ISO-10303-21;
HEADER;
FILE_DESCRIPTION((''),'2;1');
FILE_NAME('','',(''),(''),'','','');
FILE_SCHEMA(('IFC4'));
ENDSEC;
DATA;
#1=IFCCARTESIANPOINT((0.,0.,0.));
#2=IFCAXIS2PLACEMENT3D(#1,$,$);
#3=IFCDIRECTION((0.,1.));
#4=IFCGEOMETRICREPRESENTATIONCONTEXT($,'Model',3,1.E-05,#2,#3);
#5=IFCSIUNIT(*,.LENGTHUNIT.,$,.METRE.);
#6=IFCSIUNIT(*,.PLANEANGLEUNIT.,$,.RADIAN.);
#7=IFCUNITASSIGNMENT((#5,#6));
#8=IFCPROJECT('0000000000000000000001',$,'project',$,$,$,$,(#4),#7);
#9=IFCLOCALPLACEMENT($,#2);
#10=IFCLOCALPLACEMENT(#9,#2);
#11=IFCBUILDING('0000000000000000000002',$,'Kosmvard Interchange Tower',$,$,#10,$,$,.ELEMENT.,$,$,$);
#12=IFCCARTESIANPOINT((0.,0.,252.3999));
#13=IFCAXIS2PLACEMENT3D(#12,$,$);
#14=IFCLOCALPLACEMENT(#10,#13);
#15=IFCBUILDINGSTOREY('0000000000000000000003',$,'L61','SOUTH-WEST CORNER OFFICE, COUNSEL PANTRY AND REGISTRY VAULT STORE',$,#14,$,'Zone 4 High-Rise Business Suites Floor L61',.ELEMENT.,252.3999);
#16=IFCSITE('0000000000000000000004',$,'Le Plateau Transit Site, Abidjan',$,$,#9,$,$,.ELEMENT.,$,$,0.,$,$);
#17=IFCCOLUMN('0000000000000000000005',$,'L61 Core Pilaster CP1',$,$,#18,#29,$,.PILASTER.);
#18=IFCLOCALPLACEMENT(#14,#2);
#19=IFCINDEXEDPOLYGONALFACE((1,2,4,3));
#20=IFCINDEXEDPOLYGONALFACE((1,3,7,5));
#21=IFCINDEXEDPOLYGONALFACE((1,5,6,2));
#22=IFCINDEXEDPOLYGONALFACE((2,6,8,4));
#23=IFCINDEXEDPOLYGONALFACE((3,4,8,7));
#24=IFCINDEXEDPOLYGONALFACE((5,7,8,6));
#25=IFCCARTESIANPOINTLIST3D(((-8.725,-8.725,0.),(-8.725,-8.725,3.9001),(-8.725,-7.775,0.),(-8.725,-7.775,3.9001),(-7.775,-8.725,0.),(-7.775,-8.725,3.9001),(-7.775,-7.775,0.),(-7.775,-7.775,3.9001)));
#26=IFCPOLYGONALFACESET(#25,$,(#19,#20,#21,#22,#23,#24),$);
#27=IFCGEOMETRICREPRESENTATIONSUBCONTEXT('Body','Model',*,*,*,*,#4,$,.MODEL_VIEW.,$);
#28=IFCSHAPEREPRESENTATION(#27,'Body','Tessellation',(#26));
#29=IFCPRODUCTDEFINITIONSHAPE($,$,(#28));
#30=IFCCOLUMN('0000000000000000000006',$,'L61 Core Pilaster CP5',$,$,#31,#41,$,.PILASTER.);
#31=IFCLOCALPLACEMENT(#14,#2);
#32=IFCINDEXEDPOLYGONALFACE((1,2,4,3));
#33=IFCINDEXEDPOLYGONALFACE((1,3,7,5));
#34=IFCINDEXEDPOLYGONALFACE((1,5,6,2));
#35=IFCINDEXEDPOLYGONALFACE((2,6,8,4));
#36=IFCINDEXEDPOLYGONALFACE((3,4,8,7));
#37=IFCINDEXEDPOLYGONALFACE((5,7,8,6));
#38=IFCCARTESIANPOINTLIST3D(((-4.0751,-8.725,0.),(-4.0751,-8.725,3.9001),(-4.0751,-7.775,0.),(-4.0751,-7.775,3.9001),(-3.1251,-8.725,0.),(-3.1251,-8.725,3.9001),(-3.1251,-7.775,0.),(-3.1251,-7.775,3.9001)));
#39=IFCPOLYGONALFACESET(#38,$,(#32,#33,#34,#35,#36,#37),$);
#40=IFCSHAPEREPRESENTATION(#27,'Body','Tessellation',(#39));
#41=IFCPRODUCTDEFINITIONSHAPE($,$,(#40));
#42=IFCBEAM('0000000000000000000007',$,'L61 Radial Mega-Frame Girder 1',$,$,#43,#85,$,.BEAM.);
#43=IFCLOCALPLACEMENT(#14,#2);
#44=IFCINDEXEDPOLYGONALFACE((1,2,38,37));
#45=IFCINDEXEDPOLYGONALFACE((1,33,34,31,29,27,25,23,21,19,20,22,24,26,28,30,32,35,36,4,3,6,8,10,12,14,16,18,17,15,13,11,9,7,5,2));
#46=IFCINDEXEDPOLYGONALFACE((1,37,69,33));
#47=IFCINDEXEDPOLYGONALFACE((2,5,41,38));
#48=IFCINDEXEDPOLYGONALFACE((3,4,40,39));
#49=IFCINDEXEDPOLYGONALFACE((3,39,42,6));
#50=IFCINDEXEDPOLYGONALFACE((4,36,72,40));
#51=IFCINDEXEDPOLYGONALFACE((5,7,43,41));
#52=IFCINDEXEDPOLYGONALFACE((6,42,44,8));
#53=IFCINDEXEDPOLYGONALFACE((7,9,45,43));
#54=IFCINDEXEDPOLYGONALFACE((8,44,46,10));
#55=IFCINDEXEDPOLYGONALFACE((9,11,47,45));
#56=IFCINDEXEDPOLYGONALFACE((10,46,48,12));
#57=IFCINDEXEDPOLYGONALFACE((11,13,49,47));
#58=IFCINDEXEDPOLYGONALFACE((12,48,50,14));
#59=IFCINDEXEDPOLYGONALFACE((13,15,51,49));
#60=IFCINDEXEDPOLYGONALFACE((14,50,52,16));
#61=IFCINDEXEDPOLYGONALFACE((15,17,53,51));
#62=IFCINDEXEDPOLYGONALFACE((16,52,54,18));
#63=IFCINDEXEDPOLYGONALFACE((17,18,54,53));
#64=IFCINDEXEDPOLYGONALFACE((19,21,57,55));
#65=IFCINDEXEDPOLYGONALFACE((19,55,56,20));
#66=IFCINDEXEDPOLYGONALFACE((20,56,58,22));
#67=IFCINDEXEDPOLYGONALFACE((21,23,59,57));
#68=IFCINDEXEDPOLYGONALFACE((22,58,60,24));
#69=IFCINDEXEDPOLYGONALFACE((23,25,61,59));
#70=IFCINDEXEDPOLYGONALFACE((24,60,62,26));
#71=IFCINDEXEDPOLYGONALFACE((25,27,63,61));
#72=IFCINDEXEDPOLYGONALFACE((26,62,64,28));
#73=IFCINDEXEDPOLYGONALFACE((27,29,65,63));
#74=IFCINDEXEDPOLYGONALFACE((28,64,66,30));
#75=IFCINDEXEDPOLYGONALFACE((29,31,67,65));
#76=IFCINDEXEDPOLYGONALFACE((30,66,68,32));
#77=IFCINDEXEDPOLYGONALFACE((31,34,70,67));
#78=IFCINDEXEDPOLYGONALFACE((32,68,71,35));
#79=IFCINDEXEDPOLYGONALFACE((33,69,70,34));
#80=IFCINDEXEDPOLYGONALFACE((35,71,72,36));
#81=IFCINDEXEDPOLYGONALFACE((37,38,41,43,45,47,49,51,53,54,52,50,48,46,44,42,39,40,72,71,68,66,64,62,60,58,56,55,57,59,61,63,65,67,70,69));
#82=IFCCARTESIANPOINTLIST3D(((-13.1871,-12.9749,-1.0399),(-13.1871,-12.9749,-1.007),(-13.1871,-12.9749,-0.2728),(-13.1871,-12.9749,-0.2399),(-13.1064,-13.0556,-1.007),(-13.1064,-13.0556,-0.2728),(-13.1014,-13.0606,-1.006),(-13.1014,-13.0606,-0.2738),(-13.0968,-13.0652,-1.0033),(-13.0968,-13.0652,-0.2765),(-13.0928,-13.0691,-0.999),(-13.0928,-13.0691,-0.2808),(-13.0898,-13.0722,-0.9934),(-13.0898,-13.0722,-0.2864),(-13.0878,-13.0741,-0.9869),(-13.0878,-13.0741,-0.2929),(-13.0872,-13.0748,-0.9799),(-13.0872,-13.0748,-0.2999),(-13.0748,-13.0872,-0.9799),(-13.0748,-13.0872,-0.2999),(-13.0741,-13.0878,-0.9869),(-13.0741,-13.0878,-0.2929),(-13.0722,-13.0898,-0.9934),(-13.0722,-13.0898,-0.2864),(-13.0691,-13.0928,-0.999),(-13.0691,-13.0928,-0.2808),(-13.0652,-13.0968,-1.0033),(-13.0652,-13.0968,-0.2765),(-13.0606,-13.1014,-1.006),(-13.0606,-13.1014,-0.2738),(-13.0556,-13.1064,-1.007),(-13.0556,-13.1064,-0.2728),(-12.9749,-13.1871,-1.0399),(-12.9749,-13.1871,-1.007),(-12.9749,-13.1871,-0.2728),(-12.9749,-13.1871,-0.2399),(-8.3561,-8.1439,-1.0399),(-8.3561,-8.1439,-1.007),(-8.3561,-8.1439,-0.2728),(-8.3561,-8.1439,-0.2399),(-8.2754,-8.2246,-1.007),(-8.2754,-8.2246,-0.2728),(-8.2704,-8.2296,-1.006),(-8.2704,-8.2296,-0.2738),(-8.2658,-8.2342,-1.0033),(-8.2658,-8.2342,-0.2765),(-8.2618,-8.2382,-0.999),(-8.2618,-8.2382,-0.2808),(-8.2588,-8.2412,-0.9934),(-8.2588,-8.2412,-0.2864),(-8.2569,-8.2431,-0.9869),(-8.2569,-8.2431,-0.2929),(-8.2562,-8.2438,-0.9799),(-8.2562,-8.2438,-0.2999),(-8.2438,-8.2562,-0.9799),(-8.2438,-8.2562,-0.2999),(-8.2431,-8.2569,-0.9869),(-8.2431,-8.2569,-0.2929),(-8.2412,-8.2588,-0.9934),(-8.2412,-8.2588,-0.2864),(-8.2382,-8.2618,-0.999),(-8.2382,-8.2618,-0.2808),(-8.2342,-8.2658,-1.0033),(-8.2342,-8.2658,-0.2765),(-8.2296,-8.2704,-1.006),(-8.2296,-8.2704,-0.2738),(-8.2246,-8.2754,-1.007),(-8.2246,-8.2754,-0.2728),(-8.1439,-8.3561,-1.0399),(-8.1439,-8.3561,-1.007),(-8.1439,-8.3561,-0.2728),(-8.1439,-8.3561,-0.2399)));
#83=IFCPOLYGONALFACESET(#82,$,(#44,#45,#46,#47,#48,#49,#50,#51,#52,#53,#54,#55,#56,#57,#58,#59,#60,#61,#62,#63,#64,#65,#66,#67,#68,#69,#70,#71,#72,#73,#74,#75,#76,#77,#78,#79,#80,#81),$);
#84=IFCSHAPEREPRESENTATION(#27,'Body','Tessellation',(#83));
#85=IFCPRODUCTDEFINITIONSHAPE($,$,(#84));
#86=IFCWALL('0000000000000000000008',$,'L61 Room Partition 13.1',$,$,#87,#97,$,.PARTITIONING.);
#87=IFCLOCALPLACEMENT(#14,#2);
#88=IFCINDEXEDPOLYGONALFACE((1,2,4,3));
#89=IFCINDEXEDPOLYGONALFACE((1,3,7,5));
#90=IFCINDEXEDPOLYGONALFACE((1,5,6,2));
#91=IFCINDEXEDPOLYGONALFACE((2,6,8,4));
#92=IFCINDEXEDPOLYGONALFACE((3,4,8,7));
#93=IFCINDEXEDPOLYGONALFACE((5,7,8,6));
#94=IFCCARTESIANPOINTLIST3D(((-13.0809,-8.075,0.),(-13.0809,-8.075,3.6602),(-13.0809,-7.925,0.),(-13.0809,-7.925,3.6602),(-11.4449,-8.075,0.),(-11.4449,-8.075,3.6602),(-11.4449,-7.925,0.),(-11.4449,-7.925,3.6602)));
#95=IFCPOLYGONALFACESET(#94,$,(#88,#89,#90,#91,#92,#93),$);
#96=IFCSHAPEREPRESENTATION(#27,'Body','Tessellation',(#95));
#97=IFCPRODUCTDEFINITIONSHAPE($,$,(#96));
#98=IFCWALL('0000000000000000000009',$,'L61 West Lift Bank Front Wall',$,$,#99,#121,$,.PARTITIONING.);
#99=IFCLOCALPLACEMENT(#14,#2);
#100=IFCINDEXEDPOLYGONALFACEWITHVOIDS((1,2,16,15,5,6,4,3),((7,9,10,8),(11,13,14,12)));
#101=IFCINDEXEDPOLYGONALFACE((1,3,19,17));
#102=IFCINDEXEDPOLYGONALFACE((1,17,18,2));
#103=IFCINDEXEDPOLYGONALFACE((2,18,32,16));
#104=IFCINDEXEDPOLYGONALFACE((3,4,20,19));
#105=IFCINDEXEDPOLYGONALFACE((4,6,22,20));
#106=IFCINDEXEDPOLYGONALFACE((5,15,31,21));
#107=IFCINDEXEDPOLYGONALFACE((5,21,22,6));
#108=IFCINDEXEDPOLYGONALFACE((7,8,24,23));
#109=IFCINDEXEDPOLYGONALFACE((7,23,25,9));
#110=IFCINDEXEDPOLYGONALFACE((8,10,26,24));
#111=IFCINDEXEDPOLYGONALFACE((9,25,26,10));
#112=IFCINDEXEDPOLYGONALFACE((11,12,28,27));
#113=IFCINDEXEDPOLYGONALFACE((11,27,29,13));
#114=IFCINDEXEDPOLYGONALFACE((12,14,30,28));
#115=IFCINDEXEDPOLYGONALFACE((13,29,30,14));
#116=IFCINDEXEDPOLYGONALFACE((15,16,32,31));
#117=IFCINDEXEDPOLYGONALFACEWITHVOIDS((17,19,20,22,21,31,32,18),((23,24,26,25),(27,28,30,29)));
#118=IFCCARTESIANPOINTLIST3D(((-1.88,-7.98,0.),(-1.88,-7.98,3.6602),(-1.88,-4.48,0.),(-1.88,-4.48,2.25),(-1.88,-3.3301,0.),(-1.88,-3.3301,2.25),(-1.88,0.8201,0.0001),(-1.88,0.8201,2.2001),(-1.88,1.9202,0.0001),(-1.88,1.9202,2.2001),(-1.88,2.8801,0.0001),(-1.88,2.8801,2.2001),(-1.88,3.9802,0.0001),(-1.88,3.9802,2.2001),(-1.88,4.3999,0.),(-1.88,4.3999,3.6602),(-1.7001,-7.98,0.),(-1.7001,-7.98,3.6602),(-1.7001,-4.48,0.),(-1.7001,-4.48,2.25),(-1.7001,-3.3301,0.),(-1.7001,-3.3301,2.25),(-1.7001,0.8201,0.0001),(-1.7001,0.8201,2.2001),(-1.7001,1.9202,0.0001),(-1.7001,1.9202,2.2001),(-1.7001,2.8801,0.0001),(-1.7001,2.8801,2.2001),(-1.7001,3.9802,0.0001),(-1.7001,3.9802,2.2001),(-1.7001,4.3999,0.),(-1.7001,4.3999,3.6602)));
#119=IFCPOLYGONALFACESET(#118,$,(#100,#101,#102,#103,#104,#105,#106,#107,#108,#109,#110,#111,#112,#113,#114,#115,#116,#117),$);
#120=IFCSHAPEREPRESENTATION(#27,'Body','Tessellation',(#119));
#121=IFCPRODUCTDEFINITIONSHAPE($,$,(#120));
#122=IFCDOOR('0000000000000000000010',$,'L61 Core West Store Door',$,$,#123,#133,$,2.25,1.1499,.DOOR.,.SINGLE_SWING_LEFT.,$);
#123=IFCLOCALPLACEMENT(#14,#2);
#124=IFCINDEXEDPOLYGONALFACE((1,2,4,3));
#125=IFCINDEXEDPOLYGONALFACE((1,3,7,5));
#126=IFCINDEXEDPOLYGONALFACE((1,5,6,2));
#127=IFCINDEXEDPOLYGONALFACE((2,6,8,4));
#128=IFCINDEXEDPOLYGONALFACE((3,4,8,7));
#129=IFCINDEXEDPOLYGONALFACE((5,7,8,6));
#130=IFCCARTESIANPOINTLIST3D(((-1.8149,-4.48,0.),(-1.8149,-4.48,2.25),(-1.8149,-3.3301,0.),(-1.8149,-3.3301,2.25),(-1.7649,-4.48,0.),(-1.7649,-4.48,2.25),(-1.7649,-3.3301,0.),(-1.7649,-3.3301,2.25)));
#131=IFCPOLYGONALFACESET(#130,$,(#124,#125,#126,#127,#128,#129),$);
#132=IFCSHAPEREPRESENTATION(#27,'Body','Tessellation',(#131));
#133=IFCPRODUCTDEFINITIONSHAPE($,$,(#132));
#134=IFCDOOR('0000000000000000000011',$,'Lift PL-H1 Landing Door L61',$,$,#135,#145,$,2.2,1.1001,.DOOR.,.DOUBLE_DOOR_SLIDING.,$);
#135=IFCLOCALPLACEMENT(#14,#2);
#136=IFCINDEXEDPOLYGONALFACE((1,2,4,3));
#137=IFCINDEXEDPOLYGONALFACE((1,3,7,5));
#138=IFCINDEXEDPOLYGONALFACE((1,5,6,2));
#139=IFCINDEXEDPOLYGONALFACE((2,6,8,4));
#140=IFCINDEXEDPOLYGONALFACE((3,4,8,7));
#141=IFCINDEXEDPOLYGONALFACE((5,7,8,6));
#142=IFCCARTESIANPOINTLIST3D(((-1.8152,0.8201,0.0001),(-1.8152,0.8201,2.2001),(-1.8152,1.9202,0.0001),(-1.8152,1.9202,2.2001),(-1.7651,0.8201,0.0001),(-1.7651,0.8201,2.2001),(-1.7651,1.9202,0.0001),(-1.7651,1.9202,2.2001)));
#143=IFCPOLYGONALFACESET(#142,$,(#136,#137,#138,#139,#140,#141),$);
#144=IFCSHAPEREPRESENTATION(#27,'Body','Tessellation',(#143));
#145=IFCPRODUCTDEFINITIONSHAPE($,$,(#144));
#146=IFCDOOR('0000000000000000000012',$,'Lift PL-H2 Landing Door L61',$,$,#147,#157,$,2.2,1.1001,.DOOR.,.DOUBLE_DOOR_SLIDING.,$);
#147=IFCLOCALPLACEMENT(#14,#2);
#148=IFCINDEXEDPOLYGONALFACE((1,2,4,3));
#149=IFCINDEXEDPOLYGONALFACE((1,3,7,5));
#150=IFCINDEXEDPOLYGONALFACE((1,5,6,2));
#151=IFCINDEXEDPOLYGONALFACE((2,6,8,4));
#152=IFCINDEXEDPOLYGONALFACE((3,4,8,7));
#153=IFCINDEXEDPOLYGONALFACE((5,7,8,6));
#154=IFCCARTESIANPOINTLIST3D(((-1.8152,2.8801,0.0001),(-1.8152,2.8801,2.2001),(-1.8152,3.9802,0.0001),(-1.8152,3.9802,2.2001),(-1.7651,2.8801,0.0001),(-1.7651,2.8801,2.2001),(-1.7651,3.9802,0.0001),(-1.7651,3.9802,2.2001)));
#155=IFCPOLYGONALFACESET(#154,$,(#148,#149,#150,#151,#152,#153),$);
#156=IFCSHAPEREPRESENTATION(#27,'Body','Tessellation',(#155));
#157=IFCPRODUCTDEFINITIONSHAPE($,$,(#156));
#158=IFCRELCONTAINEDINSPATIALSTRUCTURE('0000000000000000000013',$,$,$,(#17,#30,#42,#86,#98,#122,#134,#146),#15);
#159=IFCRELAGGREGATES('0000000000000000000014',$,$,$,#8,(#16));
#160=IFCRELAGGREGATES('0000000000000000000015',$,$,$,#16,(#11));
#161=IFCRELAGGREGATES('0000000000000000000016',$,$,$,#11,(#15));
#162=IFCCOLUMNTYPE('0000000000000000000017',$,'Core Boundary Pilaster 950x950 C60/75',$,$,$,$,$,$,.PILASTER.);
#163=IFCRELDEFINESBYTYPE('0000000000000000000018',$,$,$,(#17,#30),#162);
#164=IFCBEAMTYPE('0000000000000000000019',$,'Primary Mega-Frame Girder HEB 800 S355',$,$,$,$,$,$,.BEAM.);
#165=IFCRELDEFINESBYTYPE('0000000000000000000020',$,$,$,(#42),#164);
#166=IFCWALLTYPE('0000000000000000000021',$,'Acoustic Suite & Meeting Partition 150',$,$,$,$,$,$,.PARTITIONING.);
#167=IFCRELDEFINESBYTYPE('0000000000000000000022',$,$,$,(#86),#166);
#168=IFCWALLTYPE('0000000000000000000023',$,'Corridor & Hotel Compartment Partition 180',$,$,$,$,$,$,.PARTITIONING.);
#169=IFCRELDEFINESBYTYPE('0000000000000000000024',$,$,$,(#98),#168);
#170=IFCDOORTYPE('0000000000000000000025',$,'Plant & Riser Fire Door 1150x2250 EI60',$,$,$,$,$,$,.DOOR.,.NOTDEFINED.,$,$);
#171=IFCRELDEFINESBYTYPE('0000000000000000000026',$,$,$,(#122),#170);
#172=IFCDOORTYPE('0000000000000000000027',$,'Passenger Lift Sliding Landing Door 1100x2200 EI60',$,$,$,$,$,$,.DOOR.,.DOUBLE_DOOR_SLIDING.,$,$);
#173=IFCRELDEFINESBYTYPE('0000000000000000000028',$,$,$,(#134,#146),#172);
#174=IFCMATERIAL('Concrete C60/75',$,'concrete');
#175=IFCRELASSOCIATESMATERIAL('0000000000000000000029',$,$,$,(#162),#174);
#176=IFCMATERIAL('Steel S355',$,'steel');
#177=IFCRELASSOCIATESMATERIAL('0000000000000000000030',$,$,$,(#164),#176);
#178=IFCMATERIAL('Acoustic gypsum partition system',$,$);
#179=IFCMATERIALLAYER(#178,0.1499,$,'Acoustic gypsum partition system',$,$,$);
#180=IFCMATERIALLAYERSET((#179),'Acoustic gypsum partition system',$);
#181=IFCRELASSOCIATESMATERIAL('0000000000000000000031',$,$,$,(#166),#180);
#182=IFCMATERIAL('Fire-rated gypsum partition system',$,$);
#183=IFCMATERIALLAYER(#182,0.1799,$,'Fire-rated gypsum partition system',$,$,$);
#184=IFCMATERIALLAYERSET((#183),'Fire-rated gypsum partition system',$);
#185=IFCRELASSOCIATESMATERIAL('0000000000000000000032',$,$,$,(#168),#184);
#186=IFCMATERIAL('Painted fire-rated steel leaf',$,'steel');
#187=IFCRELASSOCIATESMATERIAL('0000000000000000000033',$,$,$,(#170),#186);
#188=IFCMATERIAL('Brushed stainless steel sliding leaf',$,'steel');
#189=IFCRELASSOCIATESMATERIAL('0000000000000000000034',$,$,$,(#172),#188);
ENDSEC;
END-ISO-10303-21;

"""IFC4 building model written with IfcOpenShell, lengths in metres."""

from ifc_helpers import new_model, si_unit, direction, frame, frame_2d, origin, origin_2d, place, context, subcontext, project, spatial, rectangle, i_section, extrude, source, transform, mapped, material, layer, layer_set, material_profile, profile_set, type_object, element, fill, save


model = new_model("IFC4")

# Units and contexts
model_context = context("Model", 3, precision=1e-05, world=origin(), true_north=direction((0.0, 1.0)))
body_context = subcontext(model_context, "Body", "Model", "MODEL_VIEW")
ifc_project = project(units=[si_unit("LENGTHUNIT", "METRE"), si_unit("PLANEANGLEUNIT", "RADIAN")], contexts=[model_context])

# Site, building, storey
site_placement = place(None, origin())
site = spatial("IfcSite", under=ifc_project, at=site_placement, Name="Le Plateau Transit Site, Abidjan", CompositionType="ELEMENT", RefElevation=0.0)
building_placement = place(site_placement, origin())
building = spatial("IfcBuilding", under=site, at=building_placement, Name="Kosmvard Interchange Tower", CompositionType="ELEMENT")
storey_placement = place(building_placement, frame((0.0, 0.0, 252.3999)))
storey = spatial("IfcBuildingStorey", under=building, at=storey_placement, Name="L61", Description="SOUTH-WEST CORNER OFFICE, COUNSEL PANTRY AND REGISTRY VAULT STORE", LongName="Zone 4 High-Rise Business Suites Floor L61", CompositionType="ELEMENT", Elevation=252.3999)

# Columns
ifc_material_1 = material(Name="Concrete C60/75", Category="concrete")
ifc_material_profile_1 = material_profile(ifc_material_1, rectangle(XDim=0.95, YDim=0.95, at=origin_2d()), Name="CP 950x950")
ifc_profile_set_1 = profile_set([ifc_material_profile_1], Name="Concrete C60/75")
column_type = type_object("IfcColumnType", Name="Core Boundary Pilaster 950x950 C60/75", PredefinedType="PILASTER", material=ifc_profile_set_1)
shared_shape_1 = source(origin(), body_context, "Body", "SweptSolid", [
    extrude(rectangle(XDim=0.95, YDim=0.95, at=origin_2d()), origin(), (0.0, 0.0, 1.0), 3.9001),
])
for number, where, z_axis, x_axis, name in (
    (1, (-8.25, -8.25, 0.0), (0.0, 0.0, 1.0), (1.0, 0.0, 0.0), "L61 Core Pilaster CP1"),
    (2, (-3.6001, -8.25, 0.0), (0.0, 0.0, 1.0), (1.0, 0.0, 0.0), "L61 Core Pilaster CP5"),
):
    element("IfcColumn", number, at=place(storey_placement, frame(where, z_axis=z_axis, x_axis=x_axis)), inside=storey, type_object=column_type, Name=name, PredefinedType="PILASTER", context=body_context, shape_type="MappedRepresentation", body=[
        mapped(shared_shape_1, transform((0.0, 0.0, 0.0), scale=1.0)),
    ])

# Beam
ifc_material_2 = material(Name="Steel S355", Category="steel")
ifc_material_profile_2 = material_profile(ifc_material_2, i_section(OverallWidth=0.3, OverallDepth=0.8, WebThickness=0.0176, FlangeThickness=0.033, FilletRadius=0.0271, at=origin_2d()), Name="HEB 800")
ifc_profile_set_2 = profile_set([ifc_material_profile_2], Name="Steel S355")
beam_type = type_object("IfcBeamType", Name="Primary Mega-Frame Girder HEB 800 S355", PredefinedType="BEAM", material=ifc_profile_set_2)
shared_shape_2 = source(origin(), body_context, "Body", "SweptSolid", [
    extrude(i_section(OverallWidth=0.3, OverallDepth=0.8, WebThickness=0.0176, FlangeThickness=0.033, FilletRadius=0.0271, at=origin_2d()), origin(), (0.0, 0.0, 1.0), 6.832),
])
beam_placement = place(storey_placement, frame((-8.25, -8.25, -0.6399), z_axis=(-0.707107, -0.707107, 0.0), x_axis=(0.707107, -0.707107, 0.0)))
element("IfcBeam", 3, at=beam_placement, inside=storey, type_object=beam_type, Name="L61 Radial Mega-Frame Girder 1", PredefinedType="BEAM", context=body_context, shape_type="MappedRepresentation", body=[
    mapped(shared_shape_2, transform((0.0, 0.0, 0.0), scale=1.0)),
])

# Wall
ifc_material_3 = material(Name="Acoustic gypsum partition system")
ifc_layer_1 = layer(ifc_material_3, 0.1499, Name="Acoustic gypsum partition system")
ifc_layer_set_1 = layer_set([ifc_layer_1], Name="Acoustic gypsum partition system")
wall_type_1 = type_object("IfcWallType", Name="Acoustic Suite & Meeting Partition 150", PredefinedType="PARTITIONING", material=ifc_layer_set_1)
wall_1_placement = place(storey_placement, frame((-11.4451, -8.0, 0.0), z_axis=(0.0, 0.0, 1.0), x_axis=(-1.0, 0.0, 0.0)))
element("IfcWall", 4, at=wall_1_placement, inside=storey, type_object=wall_type_1, Name="L61 Room Partition 13.1", PredefinedType="PARTITIONING", context=body_context, shape_type="SweptSolid", body=[
    extrude(rectangle(XDim=1.636, YDim=0.1499, at=frame_2d((0.8179, 0.0))), origin(), (0.0, 0.0, 1.0), 3.6602),
])

# Wall, openings, doors
ifc_material_4 = material(Name="Fire-rated gypsum partition system")
ifc_layer_2 = layer(ifc_material_4, 0.1799, Name="Fire-rated gypsum partition system")
ifc_layer_set_2 = layer_set([ifc_layer_2], Name="Fire-rated gypsum partition system")
wall_type_2 = type_object("IfcWallType", Name="Corridor & Hotel Compartment Partition 180", PredefinedType="PARTITIONING", material=ifc_layer_set_2)
wall_2_placement = place(storey_placement, frame((-1.79, -7.98, 0.0), z_axis=(0.0, 0.0, 1.0), x_axis=(0.0, 1.0, 0.0)))
wall_2 = element("IfcWall", 5, at=wall_2_placement, inside=storey, type_object=wall_type_2, Name="L61 West Lift Bank Front Wall", PredefinedType="PARTITIONING", context=body_context, shape_type="SweptSolid", body=[
    extrude(rectangle(XDim=12.3799, YDim=0.1799, at=frame_2d((6.1899, 0.0))), origin(), (0.0, 0.0, 1.0), 3.6602),
])
opening_1_placement = place(wall_2_placement, frame((8.8, 0.0, 0.0)))
opening_1 = element("IfcOpeningElement", 6, at=opening_1_placement, cuts=wall_2, PredefinedType="OPENING", context=body_context, shape_type="SweptSolid", body=[
    extrude(rectangle(XDim=1.1001, YDim=2.2, at=frame_2d((0.55, 1.1001))), frame((0.0, 0.1001, 0.0), z_axis=(0.0, -1.0, 0.0), x_axis=(1.0, 0.0, 0.0)), (0.0, 0.0, 1.0), 0.2),
])
opening_2_placement = place(wall_2_placement, frame((10.8601, 0.0, 0.0)))
opening_2 = element("IfcOpeningElement", 7, at=opening_2_placement, cuts=wall_2, PredefinedType="OPENING", context=body_context, shape_type="SweptSolid", body=[
    extrude(rectangle(XDim=1.1001, YDim=2.2, at=frame_2d((0.55, 1.1001))), frame((0.0, 0.1001, 0.0), z_axis=(0.0, -1.0, 0.0), x_axis=(1.0, 0.0, 0.0)), (0.0, 0.0, 1.0), 0.2),
])
opening_3_placement = place(wall_2_placement, frame((3.5, 0.0, 0.0)))
opening_3 = element("IfcOpeningElement", 8, at=opening_3_placement, cuts=wall_2, PredefinedType="OPENING", context=body_context, shape_type="SweptSolid", body=[
    extrude(rectangle(XDim=1.1499, YDim=2.25, at=frame_2d((0.575, 1.125))), frame((0.0, 0.1001, 0.0), z_axis=(0.0, -1.0, 0.0), x_axis=(1.0, 0.0, 0.0)), (0.0, 0.0, 1.0), 0.2),
])
ifc_material_5 = material(Name="Painted fire-rated steel leaf", Category="steel")
door_type_1 = type_object("IfcDoorType", Name="Plant & Riser Fire Door 1150x2250 EI60", OperationType="NOTDEFINED", PredefinedType="DOOR", material=ifc_material_5)
shared_shape_3 = source(origin(), body_context, "Body", "SweptSolid", [
    extrude(rectangle(XDim=1.1499, YDim=2.25, at=frame_2d((0.575, 1.125))), frame((0.0, 0.0249, 0.0), z_axis=(0.0, -1.0, 0.0), x_axis=(1.0, 0.0, 0.0)), (0.0, 0.0, 1.0), 0.05),
])
door_1_placement = place(opening_3_placement, origin())
door_1 = element("IfcDoor", 9, at=door_1_placement, inside=storey, type_object=door_type_1, Name="L61 Core West Store Door", OperationType="SINGLE_SWING_LEFT", OverallHeight=2.25, OverallWidth=1.1499, PredefinedType="DOOR", context=body_context, shape_type="MappedRepresentation", body=[
    mapped(shared_shape_3, transform((0.0, 0.0, 0.0), scale=1.0)),
])
fill(opening_3, door_1)
ifc_material_6 = material(Name="Brushed stainless steel sliding leaf", Category="steel")
door_type_2 = type_object("IfcDoorType", Name="Passenger Lift Sliding Landing Door 1100x2200 EI60", OperationType="DOUBLE_DOOR_SLIDING", PredefinedType="DOOR", material=ifc_material_6)
shared_shape_4 = source(origin(), body_context, "Body", "SweptSolid", [
    extrude(rectangle(XDim=1.1001, YDim=2.2, at=frame_2d((0.55, 1.1001))), frame((0.0, 0.0249, 0.0), z_axis=(0.0, -1.0, 0.0), x_axis=(1.0, 0.0, 0.0)), (0.0, 0.0, 1.0), 0.05),
])
door_2_placement = place(opening_1_placement, frame((1.1001, 0.0, 0.0), z_axis=(0.0, 0.0, 1.0), x_axis=(-1.0, 0.0, 0.0)))
door_2 = element("IfcDoor", 10, at=door_2_placement, inside=storey, type_object=door_type_2, Name="Lift PL-H1 Landing Door L61", OperationType="DOUBLE_DOOR_SLIDING", OverallHeight=2.2, OverallWidth=1.1001, PredefinedType="DOOR", context=body_context, shape_type="MappedRepresentation", body=[
    mapped(shared_shape_4, transform((0.0, 0.0, 0.0), scale=1.0)),
])
fill(opening_1, door_2)
door_3_placement = place(opening_2_placement, frame((1.1001, 0.0, 0.0), z_axis=(0.0, 0.0, 1.0), x_axis=(-1.0, 0.0, 0.0)))
door_3 = element("IfcDoor", 11, at=door_3_placement, inside=storey, type_object=door_type_2, Name="Lift PL-H2 Landing Door L61", OperationType="DOUBLE_DOOR_SLIDING", OverallHeight=2.2, OverallWidth=1.1001, PredefinedType="DOOR", context=body_context, shape_type="MappedRepresentation", body=[
    mapped(shared_shape_4, transform((0.0, 0.0, 0.0), scale=1.0)),
])
fill(opening_2, door_3)

save(model, "model.ifc")
